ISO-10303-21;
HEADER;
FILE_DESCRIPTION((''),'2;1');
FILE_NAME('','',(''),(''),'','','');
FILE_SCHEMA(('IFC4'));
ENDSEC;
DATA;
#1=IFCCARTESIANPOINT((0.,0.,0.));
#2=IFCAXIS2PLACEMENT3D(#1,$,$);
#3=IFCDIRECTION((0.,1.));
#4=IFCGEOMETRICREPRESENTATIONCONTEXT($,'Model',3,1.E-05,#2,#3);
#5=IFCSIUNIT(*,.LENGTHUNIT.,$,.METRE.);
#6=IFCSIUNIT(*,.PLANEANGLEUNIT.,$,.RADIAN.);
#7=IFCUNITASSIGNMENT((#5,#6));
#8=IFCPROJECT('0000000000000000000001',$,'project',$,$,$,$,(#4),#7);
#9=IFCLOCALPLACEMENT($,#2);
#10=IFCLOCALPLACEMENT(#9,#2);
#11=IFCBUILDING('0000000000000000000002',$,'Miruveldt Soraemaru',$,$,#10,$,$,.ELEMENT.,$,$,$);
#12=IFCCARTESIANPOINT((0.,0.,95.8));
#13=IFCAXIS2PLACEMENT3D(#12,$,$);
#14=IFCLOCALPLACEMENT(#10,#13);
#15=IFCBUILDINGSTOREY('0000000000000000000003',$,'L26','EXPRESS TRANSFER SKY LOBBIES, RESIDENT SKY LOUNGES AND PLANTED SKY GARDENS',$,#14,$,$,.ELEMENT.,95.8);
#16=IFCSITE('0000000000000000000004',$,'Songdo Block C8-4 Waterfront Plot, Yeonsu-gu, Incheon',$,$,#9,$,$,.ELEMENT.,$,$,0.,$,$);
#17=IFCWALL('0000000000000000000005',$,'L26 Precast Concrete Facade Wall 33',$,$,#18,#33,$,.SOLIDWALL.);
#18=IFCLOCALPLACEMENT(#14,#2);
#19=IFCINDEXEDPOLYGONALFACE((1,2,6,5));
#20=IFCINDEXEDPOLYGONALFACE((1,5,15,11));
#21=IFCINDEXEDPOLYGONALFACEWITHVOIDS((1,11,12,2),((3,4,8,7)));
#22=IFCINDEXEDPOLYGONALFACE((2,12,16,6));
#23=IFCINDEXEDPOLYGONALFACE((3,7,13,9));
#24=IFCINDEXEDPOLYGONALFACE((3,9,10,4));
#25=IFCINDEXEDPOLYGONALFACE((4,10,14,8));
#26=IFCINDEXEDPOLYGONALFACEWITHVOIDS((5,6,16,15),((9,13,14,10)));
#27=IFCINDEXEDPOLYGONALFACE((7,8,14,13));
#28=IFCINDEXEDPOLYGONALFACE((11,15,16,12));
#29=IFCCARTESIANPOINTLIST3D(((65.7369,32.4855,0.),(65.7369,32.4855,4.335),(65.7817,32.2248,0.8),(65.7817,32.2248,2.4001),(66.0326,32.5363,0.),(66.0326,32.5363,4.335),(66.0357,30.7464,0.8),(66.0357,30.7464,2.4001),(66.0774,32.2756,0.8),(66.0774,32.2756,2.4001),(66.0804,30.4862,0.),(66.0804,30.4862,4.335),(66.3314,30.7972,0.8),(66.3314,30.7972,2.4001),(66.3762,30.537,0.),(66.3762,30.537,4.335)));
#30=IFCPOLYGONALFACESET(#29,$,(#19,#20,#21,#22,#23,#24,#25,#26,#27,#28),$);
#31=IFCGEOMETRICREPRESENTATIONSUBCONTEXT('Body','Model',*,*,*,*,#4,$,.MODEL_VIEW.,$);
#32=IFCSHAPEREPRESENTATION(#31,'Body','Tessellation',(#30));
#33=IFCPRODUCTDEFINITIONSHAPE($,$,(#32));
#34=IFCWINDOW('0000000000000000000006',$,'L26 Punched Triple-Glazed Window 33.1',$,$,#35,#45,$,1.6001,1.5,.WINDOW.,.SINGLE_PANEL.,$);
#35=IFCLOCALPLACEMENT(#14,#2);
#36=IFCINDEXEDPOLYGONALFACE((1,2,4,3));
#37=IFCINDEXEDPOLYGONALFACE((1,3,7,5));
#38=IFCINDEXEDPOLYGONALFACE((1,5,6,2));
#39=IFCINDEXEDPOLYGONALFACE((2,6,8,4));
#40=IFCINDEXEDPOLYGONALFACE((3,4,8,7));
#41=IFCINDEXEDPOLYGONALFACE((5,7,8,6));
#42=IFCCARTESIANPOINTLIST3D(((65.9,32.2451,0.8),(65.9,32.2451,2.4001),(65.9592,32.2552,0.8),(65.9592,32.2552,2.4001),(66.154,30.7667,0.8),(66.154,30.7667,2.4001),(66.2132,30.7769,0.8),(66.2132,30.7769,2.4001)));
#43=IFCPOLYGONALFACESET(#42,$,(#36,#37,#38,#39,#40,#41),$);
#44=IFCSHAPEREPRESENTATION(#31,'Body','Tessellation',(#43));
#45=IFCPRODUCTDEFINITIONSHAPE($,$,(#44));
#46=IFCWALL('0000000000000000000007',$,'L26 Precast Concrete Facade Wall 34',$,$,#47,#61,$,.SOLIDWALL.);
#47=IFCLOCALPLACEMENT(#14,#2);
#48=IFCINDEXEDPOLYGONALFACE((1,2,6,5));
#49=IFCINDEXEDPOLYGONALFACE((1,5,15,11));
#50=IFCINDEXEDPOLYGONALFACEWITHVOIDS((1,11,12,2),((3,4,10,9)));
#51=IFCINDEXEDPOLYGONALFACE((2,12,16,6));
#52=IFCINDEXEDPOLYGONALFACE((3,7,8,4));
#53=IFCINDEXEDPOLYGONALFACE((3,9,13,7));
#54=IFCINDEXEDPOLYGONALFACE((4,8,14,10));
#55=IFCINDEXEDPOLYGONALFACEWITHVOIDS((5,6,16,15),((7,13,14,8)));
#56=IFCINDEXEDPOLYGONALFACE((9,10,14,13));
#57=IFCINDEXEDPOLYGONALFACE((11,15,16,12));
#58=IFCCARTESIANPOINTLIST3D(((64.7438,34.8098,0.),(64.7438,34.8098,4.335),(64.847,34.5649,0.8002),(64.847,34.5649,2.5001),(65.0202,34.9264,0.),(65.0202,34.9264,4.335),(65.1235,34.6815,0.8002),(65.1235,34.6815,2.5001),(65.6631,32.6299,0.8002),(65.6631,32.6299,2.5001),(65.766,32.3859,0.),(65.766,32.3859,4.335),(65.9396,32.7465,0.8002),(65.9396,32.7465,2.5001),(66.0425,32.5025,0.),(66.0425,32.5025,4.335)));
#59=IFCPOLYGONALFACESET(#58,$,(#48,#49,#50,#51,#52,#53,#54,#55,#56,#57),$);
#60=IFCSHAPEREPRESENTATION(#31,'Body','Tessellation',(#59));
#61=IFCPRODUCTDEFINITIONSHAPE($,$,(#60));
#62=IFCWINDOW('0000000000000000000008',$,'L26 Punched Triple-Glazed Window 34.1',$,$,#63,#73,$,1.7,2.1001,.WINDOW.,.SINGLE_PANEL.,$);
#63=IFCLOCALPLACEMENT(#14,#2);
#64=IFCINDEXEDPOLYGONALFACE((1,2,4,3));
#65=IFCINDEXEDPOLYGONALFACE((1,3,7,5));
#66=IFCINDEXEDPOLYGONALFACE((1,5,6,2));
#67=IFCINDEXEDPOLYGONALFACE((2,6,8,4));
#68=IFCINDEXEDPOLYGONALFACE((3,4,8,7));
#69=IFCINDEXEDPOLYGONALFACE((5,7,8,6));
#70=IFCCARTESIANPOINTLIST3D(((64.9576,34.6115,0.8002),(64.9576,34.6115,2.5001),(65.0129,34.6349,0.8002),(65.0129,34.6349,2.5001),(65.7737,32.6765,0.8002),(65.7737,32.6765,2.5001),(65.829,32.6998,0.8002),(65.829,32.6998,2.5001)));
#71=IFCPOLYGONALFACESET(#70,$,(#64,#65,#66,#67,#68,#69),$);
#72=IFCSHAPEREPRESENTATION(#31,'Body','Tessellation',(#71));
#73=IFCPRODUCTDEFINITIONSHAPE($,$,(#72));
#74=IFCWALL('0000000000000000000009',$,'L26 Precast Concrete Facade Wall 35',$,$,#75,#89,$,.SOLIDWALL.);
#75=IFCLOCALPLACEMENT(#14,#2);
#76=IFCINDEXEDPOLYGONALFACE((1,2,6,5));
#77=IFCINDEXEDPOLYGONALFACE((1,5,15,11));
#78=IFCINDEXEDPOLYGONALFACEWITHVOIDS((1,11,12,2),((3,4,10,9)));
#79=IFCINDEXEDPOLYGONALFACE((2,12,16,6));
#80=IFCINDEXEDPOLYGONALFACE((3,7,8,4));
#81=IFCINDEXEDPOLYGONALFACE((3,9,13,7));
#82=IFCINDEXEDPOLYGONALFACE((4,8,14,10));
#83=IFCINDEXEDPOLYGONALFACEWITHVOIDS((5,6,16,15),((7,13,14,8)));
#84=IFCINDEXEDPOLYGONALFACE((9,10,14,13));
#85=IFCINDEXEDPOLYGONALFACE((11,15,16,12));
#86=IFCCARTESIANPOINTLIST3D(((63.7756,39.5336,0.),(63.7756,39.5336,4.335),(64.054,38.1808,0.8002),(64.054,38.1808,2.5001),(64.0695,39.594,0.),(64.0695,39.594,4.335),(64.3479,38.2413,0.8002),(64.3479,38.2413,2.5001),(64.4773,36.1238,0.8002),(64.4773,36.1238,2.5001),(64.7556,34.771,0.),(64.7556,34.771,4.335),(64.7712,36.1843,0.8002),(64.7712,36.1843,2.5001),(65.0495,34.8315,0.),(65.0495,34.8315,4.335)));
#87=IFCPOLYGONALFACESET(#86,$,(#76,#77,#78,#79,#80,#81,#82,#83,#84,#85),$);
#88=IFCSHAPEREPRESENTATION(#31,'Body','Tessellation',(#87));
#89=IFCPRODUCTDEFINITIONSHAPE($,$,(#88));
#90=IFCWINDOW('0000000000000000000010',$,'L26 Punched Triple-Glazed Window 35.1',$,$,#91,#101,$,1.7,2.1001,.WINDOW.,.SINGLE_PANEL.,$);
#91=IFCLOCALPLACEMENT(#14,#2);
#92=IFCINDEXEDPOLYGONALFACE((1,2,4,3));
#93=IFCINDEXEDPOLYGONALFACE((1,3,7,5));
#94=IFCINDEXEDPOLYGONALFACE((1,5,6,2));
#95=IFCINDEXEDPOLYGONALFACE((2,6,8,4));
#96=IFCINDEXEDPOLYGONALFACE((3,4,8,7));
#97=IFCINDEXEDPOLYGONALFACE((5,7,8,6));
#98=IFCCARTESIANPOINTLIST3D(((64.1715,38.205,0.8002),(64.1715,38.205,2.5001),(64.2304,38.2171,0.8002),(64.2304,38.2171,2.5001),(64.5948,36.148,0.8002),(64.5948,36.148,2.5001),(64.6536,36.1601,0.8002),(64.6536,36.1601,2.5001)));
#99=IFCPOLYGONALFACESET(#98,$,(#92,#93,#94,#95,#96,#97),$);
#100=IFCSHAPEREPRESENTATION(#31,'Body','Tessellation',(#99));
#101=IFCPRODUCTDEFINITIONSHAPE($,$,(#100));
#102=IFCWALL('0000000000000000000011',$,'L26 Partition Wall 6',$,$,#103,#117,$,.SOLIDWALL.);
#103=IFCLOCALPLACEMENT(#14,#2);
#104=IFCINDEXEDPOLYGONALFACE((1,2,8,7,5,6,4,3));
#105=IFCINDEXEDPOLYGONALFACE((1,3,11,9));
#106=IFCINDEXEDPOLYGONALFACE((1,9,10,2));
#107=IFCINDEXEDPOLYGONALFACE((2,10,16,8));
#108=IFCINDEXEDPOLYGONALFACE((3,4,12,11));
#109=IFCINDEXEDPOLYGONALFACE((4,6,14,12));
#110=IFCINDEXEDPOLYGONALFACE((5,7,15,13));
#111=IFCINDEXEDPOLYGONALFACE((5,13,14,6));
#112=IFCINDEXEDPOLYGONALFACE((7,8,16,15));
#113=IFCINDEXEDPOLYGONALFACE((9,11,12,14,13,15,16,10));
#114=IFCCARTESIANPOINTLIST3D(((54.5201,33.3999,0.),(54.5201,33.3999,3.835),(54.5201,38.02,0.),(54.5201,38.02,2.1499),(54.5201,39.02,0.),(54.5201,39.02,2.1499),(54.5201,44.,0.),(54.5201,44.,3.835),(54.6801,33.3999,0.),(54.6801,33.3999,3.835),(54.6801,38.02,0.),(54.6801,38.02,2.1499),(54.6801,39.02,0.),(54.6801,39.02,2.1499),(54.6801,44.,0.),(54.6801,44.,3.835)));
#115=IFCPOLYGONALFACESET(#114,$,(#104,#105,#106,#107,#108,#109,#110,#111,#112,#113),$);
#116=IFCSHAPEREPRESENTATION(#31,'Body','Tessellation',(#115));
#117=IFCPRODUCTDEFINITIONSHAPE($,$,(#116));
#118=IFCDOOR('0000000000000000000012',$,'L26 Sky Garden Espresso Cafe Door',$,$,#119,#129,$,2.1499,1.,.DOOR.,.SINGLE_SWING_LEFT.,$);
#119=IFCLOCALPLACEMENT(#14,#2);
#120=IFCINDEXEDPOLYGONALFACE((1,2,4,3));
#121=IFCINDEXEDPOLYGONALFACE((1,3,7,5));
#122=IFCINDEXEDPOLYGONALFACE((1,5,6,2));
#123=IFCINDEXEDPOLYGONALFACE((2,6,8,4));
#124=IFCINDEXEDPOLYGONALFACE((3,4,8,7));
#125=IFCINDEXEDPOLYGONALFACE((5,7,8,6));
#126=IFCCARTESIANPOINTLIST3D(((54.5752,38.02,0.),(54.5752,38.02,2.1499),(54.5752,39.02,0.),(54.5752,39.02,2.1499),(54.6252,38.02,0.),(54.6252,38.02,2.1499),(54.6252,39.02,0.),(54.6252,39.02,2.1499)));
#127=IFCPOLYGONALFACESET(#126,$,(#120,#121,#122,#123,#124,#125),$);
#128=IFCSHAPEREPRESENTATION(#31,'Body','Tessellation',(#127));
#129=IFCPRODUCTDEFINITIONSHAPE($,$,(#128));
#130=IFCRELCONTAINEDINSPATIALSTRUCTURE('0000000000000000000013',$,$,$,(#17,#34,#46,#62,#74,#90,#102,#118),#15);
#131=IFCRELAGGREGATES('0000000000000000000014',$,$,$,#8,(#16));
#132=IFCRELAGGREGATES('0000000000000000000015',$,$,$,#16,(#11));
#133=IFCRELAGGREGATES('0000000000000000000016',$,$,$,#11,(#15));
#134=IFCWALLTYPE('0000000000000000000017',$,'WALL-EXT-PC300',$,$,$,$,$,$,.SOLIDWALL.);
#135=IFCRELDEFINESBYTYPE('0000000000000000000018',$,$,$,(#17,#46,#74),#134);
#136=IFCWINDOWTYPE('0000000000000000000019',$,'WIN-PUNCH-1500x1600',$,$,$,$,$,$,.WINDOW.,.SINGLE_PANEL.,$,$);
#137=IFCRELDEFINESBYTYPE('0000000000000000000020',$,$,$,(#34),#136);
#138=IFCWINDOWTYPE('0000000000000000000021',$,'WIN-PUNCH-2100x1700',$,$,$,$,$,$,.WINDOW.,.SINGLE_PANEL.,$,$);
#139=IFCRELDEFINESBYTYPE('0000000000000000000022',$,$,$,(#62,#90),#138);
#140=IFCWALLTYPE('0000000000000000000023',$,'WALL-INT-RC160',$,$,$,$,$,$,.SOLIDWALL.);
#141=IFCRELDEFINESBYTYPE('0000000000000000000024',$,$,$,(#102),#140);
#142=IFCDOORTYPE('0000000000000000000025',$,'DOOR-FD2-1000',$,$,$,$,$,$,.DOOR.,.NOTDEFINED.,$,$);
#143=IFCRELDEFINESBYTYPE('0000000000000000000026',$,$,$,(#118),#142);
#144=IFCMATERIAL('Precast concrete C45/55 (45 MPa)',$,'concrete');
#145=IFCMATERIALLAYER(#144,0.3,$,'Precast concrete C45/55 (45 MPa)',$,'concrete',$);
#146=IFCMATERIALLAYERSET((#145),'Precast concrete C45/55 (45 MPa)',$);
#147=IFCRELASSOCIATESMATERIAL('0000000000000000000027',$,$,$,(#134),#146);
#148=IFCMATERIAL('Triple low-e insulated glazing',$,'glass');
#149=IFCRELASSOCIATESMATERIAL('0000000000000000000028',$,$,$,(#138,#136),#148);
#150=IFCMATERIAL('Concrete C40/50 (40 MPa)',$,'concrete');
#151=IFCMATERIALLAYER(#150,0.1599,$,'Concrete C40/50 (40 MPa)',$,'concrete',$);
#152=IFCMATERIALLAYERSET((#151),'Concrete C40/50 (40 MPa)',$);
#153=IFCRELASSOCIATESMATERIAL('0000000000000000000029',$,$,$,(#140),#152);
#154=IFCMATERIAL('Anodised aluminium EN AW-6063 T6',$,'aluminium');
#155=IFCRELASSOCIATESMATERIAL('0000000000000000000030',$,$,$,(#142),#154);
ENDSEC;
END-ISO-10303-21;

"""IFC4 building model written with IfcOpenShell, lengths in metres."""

from ifc_helpers import new_model, si_unit, direction, frame, frame_2d, origin, place, context, subcontext, project, spatial, rectangle, extrude, material, layer, layer_set, type_object, element, fill, save


model = new_model("IFC4")

# Units and contexts
model_context = context("Model", 3, precision=1e-05, world=origin(), true_north=direction((0.0, 1.0)))
body_context = subcontext(model_context, "Body", "Model", "MODEL_VIEW")
ifc_project = project(units=[si_unit("LENGTHUNIT", "METRE"), si_unit("PLANEANGLEUNIT", "RADIAN")], contexts=[model_context])

# Site, building, storey
site_placement = place(None, origin())
site = spatial("IfcSite", under=ifc_project, at=site_placement, Name="Songdo Block C8-4 Waterfront Plot, Yeonsu-gu, Incheon", CompositionType="ELEMENT", RefElevation=0.0)
building_placement = place(site_placement, origin())
building = spatial("IfcBuilding", under=site, at=building_placement, Name="Miruveldt Soraemaru", CompositionType="ELEMENT")
storey_placement = place(building_placement, frame((0.0, 0.0, 95.8)))
storey = spatial("IfcBuildingStorey", under=building, at=storey_placement, Name="L26", Description="EXPRESS TRANSFER SKY LOBBIES, RESIDENT SKY LOUNGES AND PLANTED SKY GARDENS", CompositionType="ELEMENT", Elevation=95.8)

# Walls, openings, windows
ifc_material_1 = material(Name="Precast concrete C45/55 (45 MPa)", Category="concrete")
ifc_layer_1 = layer(ifc_material_1, 0.3, Name="Precast concrete C45/55 (45 MPa)", Category="concrete")
ifc_layer_set_1 = layer_set([ifc_layer_1], Name="Precast concrete C45/55 (45 MPa)")
wall_type_1 = type_object("IfcWallType", Name="WALL-EXT-PC300", PredefinedType="SOLIDWALL", material=ifc_layer_set_1)
ifc_material_2 = material(Name="Triple low-e insulated glazing", Category="glass")
window_type_1 = type_object("IfcWindowType", Name="WIN-PUNCH-2100x1700", PartitioningType="SINGLE_PANEL", PredefinedType="WINDOW", material=ifc_material_2)
wall_1_placement = place(storey_placement, frame((66.2283, 30.5117, 0.0), z_axis=(0.0, 0.0, 1.0), x_axis=(-0.169335, 0.985559, 0.0)))
wall_1 = element("IfcWall", 1, at=wall_1_placement, inside=storey, type_object=wall_type_1, Name="L26 Precast Concrete Facade Wall 33", PredefinedType="SOLIDWALL", context=body_context, shape_type="SweptSolid", body=[
    extrude(rectangle(XDim=2.0286, YDim=0.3, at=frame_2d((1.0142, 0.0))), origin(), (0.0, 0.0, 1.0), 4.335),
])
opening_1_placement = place(wall_1_placement, frame((0.2639, 0.0, 0.8)))
opening_1 = element("IfcOpeningElement", 2, at=opening_1_placement, cuts=wall_1, PredefinedType="OPENING", context=body_context, shape_type="SweptSolid", body=[
    extrude(rectangle(XDim=1.5, YDim=1.6001, at=frame_2d((0.75, 0.8))), frame((0.0, 0.1602, 0.0), z_axis=(0.0, -1.0, 0.0), x_axis=(1.0, 0.0, 0.0)), (0.0, 0.0, 1.0), 0.3201),
])
window_type_2 = type_object("IfcWindowType", Name="WIN-PUNCH-1500x1600", PartitioningType="SINGLE_PANEL", PredefinedType="WINDOW", material=ifc_material_2)
window_1_placement = place(opening_1_placement, origin())
window_1 = element("IfcWindow", 3, at=window_1_placement, inside=storey, type_object=window_type_2, Name="L26 Punched Triple-Glazed Window 33.1", OverallHeight=1.6001, OverallWidth=1.5, PartitioningType="SINGLE_PANEL", PredefinedType="WINDOW", context=body_context, shape_type="SweptSolid", body=[
    extrude(rectangle(XDim=1.5, YDim=1.6001, at=frame_2d((0.75, 0.8))), frame((0.0, 0.03, 0.0), z_axis=(0.0, -1.0, 0.0), x_axis=(1.0, 0.0, 0.0)), (0.0, 0.0, 1.0), 0.0601),
])
fill(opening_1, window_1)
wall_2_placement = place(storey_placement, frame((65.9043, 32.4441, 0.0), z_axis=(0.0, 0.0, 1.0), x_axis=(-0.388592, 0.92141, 0.0)))
wall_2 = element("IfcWall", 4, at=wall_2_placement, inside=storey, type_object=wall_type_1, Name="L26 Precast Concrete Facade Wall 34", PredefinedType="SOLIDWALL", context=body_context, shape_type="SweptSolid", body=[
    extrude(rectangle(XDim=2.6306, YDim=0.3, at=frame_2d((1.3154, 0.0))), origin(), (0.0, 0.0, 1.0), 4.335),
])
opening_2_placement = place(wall_2_placement, frame((0.2649, 0.0, 0.8)))
opening_2 = element("IfcOpeningElement", 5, at=opening_2_placement, cuts=wall_2, PredefinedType="OPENING", context=body_context, shape_type="SweptSolid", body=[
    extrude(rectangle(XDim=2.1001, YDim=1.7, at=frame_2d((1.05, 0.8501))), frame((0.0, 0.1602, 0.0), z_axis=(0.0, -1.0, 0.0), x_axis=(1.0, 0.0, 0.0)), (0.0, 0.0, 1.0), 0.3201),
])
window_2_placement = place(opening_2_placement, origin())
window_2 = element("IfcWindow", 6, at=window_2_placement, inside=storey, type_object=window_type_1, Name="L26 Punched Triple-Glazed Window 34.1", OverallHeight=1.7, OverallWidth=2.1001, PartitioningType="SINGLE_PANEL", PredefinedType="WINDOW", context=body_context, shape_type="SweptSolid", body=[
    extrude(rectangle(XDim=2.1001, YDim=1.7, at=frame_2d((1.05, 0.8501))), frame((0.0, 0.03, 0.0), z_axis=(0.0, -1.0, 0.0), x_axis=(1.0, 0.0, 0.0)), (0.0, 0.0, 1.0), 0.0601),
])
fill(opening_2, window_2)
wall_3_placement = place(storey_placement, frame((64.9026, 34.8013, 0.0), z_axis=(0.0, 0.0, 1.0), x_axis=(-0.201549, 0.979478, 0.0)))
wall_3 = element("IfcWall", 7, at=wall_3_placement, inside=storey, type_object=wall_type_1, Name="L26 Precast Concrete Facade Wall 35", PredefinedType="SOLIDWALL", context=body_context, shape_type="SweptSolid", body=[
    extrude(rectangle(XDim=4.8623, YDim=0.3, at=frame_2d((2.4312, 0.0))), origin(), (0.0, 0.0, 1.0), 4.335),
])
opening_3_placement = place(wall_3_placement, frame((1.3811, 0.0, 0.8)))
opening_3 = element("IfcOpeningElement", 8, at=opening_3_placement, cuts=wall_3, PredefinedType="OPENING", context=body_context, shape_type="SweptSolid", body=[
    extrude(rectangle(XDim=2.1001, YDim=1.7, at=frame_2d((1.05, 0.8501))), frame((0.0, 0.1602, 0.0), z_axis=(0.0, -1.0, 0.0), x_axis=(1.0, 0.0, 0.0)), (0.0, 0.0, 1.0), 0.3201),
])
window_3_placement = place(opening_3_placement, origin())
window_3 = element("IfcWindow", 9, at=window_3_placement, inside=storey, type_object=window_type_1, Name="L26 Punched Triple-Glazed Window 35.1", OverallHeight=1.7, OverallWidth=2.1001, PartitioningType="SINGLE_PANEL", PredefinedType="WINDOW", context=body_context, shape_type="SweptSolid", body=[
    extrude(rectangle(XDim=2.1001, YDim=1.7, at=frame_2d((1.05, 0.8501))), frame((0.0, 0.03, 0.0), z_axis=(0.0, -1.0, 0.0), x_axis=(1.0, 0.0, 0.0)), (0.0, 0.0, 1.0), 0.0601),
])
fill(opening_3, window_3)

# Wall, opening, door
ifc_material_3 = material(Name="Concrete C40/50 (40 MPa)", Category="concrete")
ifc_layer_2 = layer(ifc_material_3, 0.1599, Name="Concrete C40/50 (40 MPa)", Category="concrete")
ifc_layer_set_2 = layer_set([ifc_layer_2], Name="Concrete C40/50 (40 MPa)")
wall_type_2 = type_object("IfcWallType", Name="WALL-INT-RC160", PredefinedType="SOLIDWALL", material=ifc_layer_set_2)
wall_4_placement = place(storey_placement, frame((54.6001, 33.3999, 0.0), z_axis=(0.0, 0.0, 1.0), x_axis=(0.0, 1.0, 0.0)))
wall_4 = element("IfcWall", 10, at=wall_4_placement, inside=storey, type_object=wall_type_2, Name="L26 Partition Wall 6", PredefinedType="SOLIDWALL", context=body_context, shape_type="SweptSolid", body=[
    extrude(rectangle(XDim=10.6001, YDim=0.1599, at=frame_2d((5.3, 0.0))), origin(), (0.0, 0.0, 1.0), 3.835),
])
opening_4_placement = place(wall_4_placement, frame((4.6201, 0.0, 0.0)))
opening_4 = element("IfcOpeningElement", 11, at=opening_4_placement, cuts=wall_4, PredefinedType="OPENING", context=body_context, shape_type="SweptSolid", body=[
    extrude(rectangle(XDim=1.0, YDim=2.1499, at=frame_2d((0.5, 1.075))), frame((0.0, 0.0898, 0.0), z_axis=(0.0, -1.0, 0.0), x_axis=(1.0, 0.0, 0.0)), (0.0, 0.0, 1.0), 0.1799),
])
ifc_material_4 = material(Name="Anodised aluminium EN AW-6063 T6", Category="aluminium")
door_type = type_object("IfcDoorType", Name="DOOR-FD2-1000", OperationType="NOTDEFINED", PredefinedType="DOOR", material=ifc_material_4)
door_placement = place(opening_4_placement, origin())
door = element("IfcDoor", 12, at=door_placement, inside=storey, type_object=door_type, Name="L26 Sky Garden Espresso Cafe Door", OperationType="SINGLE_SWING_LEFT", OverallHeight=2.1499, OverallWidth=1.0, PredefinedType="DOOR", context=body_context, shape_type="SweptSolid", body=[
    extrude(rectangle(XDim=1.0, YDim=2.1499, at=frame_2d((0.5, 1.075))), frame((0.0, 0.0249, 0.0), z_axis=(0.0, -1.0, 0.0), x_axis=(1.0, 0.0, 0.0)), (0.0, 0.0, 1.0), 0.05),
])
fill(opening_4, door)

save(model, "model.ifc")
